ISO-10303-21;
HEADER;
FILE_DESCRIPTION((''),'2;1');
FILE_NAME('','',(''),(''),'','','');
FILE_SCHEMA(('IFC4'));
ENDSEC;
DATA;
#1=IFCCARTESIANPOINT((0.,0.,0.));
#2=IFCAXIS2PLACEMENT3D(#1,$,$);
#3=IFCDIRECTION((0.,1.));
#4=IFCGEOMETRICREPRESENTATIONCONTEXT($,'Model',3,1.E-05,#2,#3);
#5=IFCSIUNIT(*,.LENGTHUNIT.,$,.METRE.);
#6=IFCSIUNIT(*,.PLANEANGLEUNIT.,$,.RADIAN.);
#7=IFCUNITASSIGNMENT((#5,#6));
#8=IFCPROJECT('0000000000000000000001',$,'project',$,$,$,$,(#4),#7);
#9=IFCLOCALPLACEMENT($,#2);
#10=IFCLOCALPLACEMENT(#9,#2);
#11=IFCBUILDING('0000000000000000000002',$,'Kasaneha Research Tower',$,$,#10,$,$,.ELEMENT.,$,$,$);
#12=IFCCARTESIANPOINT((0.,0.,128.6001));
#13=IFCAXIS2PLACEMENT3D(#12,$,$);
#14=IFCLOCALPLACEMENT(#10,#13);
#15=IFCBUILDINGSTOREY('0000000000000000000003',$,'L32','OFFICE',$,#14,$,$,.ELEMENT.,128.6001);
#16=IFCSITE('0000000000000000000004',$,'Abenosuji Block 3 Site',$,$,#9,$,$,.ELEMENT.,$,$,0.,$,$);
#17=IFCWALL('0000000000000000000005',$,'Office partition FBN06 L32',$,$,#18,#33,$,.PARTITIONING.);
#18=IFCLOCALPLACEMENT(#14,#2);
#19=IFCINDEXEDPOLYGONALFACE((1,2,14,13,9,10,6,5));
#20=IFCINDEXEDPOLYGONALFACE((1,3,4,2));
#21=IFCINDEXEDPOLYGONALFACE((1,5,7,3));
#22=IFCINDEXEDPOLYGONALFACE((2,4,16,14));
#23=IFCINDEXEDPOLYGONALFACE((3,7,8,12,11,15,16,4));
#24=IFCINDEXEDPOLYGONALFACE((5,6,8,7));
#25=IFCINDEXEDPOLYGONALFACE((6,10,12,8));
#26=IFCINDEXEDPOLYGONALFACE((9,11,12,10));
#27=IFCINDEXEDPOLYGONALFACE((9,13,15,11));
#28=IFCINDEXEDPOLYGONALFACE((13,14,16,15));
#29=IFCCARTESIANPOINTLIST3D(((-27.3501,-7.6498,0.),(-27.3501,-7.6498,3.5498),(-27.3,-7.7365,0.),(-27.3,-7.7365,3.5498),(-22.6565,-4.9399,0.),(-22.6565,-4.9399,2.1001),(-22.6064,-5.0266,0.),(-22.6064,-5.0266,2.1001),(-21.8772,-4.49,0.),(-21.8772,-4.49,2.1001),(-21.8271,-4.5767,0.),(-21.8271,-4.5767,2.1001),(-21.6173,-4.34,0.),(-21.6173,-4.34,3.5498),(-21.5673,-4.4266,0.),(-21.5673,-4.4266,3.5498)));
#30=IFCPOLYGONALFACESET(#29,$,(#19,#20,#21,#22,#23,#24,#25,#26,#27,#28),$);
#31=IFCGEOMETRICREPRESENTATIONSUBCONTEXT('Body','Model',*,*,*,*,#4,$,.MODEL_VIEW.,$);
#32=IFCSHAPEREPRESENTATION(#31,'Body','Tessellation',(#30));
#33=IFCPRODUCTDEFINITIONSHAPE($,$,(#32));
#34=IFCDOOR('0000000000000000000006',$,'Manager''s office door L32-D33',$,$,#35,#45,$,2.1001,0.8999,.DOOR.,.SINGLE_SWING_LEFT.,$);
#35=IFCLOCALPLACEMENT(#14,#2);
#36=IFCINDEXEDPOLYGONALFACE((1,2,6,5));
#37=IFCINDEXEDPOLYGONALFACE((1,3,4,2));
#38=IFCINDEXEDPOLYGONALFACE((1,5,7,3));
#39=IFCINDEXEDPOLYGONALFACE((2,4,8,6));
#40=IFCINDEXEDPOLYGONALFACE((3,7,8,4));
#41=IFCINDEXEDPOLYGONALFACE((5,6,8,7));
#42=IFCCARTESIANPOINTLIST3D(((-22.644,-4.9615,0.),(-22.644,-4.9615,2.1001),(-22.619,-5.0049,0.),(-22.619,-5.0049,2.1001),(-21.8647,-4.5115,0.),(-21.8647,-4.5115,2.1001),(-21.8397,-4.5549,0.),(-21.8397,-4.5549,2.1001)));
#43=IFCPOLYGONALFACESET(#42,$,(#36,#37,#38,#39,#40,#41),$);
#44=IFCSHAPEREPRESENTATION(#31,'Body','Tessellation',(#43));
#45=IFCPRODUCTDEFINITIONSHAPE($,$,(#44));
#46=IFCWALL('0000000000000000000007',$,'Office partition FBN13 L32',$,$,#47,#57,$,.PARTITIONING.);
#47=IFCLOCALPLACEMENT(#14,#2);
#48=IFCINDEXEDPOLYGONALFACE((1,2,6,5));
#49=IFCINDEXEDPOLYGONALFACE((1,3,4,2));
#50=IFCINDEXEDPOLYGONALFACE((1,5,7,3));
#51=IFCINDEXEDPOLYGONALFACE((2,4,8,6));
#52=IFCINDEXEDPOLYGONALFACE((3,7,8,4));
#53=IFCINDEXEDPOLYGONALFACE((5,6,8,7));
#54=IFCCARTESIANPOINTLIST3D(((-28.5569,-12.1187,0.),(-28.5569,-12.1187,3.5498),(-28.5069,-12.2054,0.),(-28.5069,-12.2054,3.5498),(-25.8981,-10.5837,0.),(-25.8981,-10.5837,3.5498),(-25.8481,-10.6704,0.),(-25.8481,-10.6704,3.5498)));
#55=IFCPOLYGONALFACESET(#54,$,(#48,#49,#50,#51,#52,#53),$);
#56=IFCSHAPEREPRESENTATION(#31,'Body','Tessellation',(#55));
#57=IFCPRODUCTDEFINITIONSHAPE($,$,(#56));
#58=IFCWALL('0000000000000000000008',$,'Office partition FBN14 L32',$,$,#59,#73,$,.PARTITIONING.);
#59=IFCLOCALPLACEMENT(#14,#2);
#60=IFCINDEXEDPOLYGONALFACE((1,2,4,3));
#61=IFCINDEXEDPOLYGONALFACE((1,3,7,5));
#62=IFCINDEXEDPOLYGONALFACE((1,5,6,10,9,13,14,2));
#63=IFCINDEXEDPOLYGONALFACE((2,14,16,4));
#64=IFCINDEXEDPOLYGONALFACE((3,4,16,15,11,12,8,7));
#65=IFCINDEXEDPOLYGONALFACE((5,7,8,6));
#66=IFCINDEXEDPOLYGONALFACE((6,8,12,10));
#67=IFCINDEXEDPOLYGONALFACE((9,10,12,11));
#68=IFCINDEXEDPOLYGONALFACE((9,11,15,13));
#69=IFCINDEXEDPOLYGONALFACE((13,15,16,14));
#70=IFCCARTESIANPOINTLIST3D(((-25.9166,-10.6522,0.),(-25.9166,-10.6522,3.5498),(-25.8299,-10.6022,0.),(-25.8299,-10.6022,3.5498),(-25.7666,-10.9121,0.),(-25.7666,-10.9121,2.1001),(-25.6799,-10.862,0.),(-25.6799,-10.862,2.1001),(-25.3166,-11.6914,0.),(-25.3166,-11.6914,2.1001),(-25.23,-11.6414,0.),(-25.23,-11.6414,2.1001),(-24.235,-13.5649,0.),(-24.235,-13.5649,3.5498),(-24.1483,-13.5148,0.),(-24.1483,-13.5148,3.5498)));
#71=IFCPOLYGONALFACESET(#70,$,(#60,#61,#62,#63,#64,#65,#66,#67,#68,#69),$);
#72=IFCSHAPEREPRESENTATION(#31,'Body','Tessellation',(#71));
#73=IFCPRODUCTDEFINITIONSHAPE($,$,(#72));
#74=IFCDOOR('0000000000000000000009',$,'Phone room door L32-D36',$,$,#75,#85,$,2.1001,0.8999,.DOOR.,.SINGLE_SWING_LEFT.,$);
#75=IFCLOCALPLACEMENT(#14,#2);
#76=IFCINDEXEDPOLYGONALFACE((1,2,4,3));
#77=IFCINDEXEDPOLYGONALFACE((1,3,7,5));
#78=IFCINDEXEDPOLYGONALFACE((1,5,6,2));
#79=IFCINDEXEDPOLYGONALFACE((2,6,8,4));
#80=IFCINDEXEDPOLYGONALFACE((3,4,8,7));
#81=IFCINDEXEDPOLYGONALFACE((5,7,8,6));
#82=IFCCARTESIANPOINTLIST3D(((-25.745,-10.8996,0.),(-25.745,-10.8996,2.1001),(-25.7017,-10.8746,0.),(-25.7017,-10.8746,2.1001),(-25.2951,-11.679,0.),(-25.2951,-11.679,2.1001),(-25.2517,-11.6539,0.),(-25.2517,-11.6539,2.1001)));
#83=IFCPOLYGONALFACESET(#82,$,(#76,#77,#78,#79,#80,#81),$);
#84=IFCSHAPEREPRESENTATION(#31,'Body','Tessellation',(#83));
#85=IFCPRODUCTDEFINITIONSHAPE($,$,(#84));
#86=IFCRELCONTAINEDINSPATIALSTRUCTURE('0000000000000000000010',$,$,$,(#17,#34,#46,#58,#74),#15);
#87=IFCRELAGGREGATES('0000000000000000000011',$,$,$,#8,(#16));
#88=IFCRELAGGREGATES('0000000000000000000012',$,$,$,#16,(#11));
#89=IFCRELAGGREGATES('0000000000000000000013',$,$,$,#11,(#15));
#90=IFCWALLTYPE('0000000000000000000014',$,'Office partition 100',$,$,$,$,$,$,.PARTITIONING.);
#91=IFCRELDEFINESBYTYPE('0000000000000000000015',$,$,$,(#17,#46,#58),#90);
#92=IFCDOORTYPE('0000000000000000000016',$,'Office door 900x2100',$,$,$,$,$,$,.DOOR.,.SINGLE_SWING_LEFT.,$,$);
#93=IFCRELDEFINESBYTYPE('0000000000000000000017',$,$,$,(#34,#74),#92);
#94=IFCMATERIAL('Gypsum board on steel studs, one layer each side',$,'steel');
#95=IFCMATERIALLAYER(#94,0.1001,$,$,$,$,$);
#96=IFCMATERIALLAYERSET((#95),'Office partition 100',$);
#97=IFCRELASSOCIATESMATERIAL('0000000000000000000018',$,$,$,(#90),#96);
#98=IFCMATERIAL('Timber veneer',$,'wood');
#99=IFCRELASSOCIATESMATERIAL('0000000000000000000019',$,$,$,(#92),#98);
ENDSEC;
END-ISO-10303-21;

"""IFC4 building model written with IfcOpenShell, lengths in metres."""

from ifc_helpers import new_model, si_unit, direction, frame, frame_2d, origin, place, context, subcontext, project, spatial, rectangle, extrude, material, layer, layer_set, type_object, element, fill, save


model = new_model("IFC4")

# Units and contexts
model_context = context("Model", 3, precision=1e-05, world=origin(), true_north=direction((0.0, 1.0)))
body_context = subcontext(model_context, "Body", "Model", "MODEL_VIEW")
ifc_project = project(units=[si_unit("LENGTHUNIT", "METRE"), si_unit("PLANEANGLEUNIT", "RADIAN")], contexts=[model_context])

# Site, building, storey
site_placement = place(None, origin())
site = spatial("IfcSite", under=ifc_project, at=site_placement, Name="Abenosuji Block 3 Site", CompositionType="ELEMENT", RefElevation=0.0)
building_placement = place(site_placement, origin())
building = spatial("IfcBuilding", under=site, at=building_placement, Name="Kasaneha Research Tower", CompositionType="ELEMENT")
storey_placement = place(building_placement, frame((0.0, 0.0, 128.6001)))
storey = spatial("IfcBuildingStorey", under=building, at=storey_placement, Name="L32", Description="OFFICE", CompositionType="ELEMENT", Elevation=128.6001)

# Shared definitions
ifc_material_1 = material(Name="Gypsum board on steel studs, one layer each side", Category="steel")
ifc_layer_1 = layer(ifc_material_1, 0.1001)
ifc_layer_set_1 = layer_set([ifc_layer_1], Name="Office partition 100")
wall_type = type_object("IfcWallType", Name="Office partition 100", PredefinedType="PARTITIONING", material=ifc_layer_set_1)

# Wall, opening, door
wall_1_placement = place(storey_placement, frame((-21.5923, -4.3833, 0.0), z_axis=(0.0, 0.0, 1.0), x_axis=(-0.866022, -0.500007, 0.0)))
wall_1 = element("IfcWall", 1, at=wall_1_placement, inside=storey, type_object=wall_type, Name="Office partition FBN06 L32", PredefinedType="PARTITIONING", context=body_context, shape_type="SweptSolid", body=[
    extrude(rectangle(XDim=6.6196, YDim=0.1001, at=frame_2d((3.3098, 0.0))), origin(), (0.0, 0.0, 1.0), 3.5498),
])
opening_1_placement = place(wall_1_placement, frame((0.3, 0.0, 0.0)))
opening_1 = element("IfcOpeningElement", 2, at=opening_1_placement, cuts=wall_1, PredefinedType="OPENING", context=body_context, shape_type="SweptSolid", body=[
    extrude(rectangle(XDim=0.8999, YDim=2.1001, at=frame_2d((0.45, 1.05))), frame((0.0, 0.0601, 0.0), z_axis=(0.0, -1.0, 0.0), x_axis=(1.0, 0.0, 0.0)), (0.0, 0.0, 1.0), 0.1201),
])
ifc_material_2 = material(Name="Timber veneer", Category="wood")
door_type = type_object("IfcDoorType", Name="Office door 900x2100", OperationType="SINGLE_SWING_LEFT", PredefinedType="DOOR", material=ifc_material_2)
door_1_placement = place(opening_1_placement, origin())
door_1 = element("IfcDoor", 3, at=door_1_placement, inside=storey, type_object=door_type, Name="Manager's office door L32-D33", OperationType="SINGLE_SWING_LEFT", OverallHeight=2.1001, OverallWidth=0.8999, PredefinedType="DOOR", context=body_context, shape_type="SweptSolid", body=[
    extrude(rectangle(XDim=0.8999, YDim=2.1001, at=frame_2d((0.45, 1.05))), frame((0.0, 0.0249, 0.0), z_axis=(0.0, -1.0, 0.0), x_axis=(1.0, 0.0, 0.0)), (0.0, 0.0, 1.0), 0.05),
])
fill(opening_1, door_1)

# Wall
wall_2_placement = place(storey_placement, frame((-28.532, -12.1621, 0.0), z_axis=(0.0, 0.0, 1.0), x_axis=(0.866037, 0.499979, 0.0)))
element("IfcWall", 4, at=wall_2_placement, inside=storey, type_object=wall_type, Name="Office partition FBN13 L32", PredefinedType="PARTITIONING", context=body_context, shape_type="SweptSolid", body=[
    extrude(rectangle(XDim=3.0701, YDim=0.1001, at=frame_2d((1.5352, 0.0))), origin(), (0.0, 0.0, 1.0), 3.5498),
])

# Wall, opening, door
wall_3_placement = place(storey_placement, frame((-25.8733, -10.6272, 0.0), z_axis=(0.0, 0.0, 1.0), x_axis=(0.500012, -0.866019, 0.0)))
wall_3 = element("IfcWall", 5, at=wall_3_placement, inside=storey, type_object=wall_type, Name="Office partition FBN14 L32", PredefinedType="PARTITIONING", context=body_context, shape_type="SweptSolid", body=[
    extrude(rectangle(XDim=3.3633, YDim=0.1001, at=frame_2d((1.6816, 0.0))), origin(), (0.0, 0.0, 1.0), 3.5498),
])
opening_2_placement = place(wall_3_placement, frame((0.3, 0.0, 0.0)))
opening_2 = element("IfcOpeningElement", 6, at=opening_2_placement, cuts=wall_3, PredefinedType="OPENING", context=body_context, shape_type="SweptSolid", body=[
    extrude(rectangle(XDim=0.8999, YDim=2.1001, at=frame_2d((0.45, 1.05))), frame((0.0, 0.0601, 0.0), z_axis=(0.0, -1.0, 0.0), x_axis=(1.0, 0.0, 0.0)), (0.0, 0.0, 1.0), 0.1201),
])
door_2_placement = place(opening_2_placement, origin())
door_2 = element("IfcDoor", 7, at=door_2_placement, inside=storey, type_object=door_type, Name="Phone room door L32-D36", OperationType="SINGLE_SWING_LEFT", OverallHeight=2.1001, OverallWidth=0.8999, PredefinedType="DOOR", context=body_context, shape_type="SweptSolid", body=[
    extrude(rectangle(XDim=0.8999, YDim=2.1001, at=frame_2d((0.45, 1.05))), frame((0.0, 0.0249, 0.0), z_axis=(0.0, -1.0, 0.0), x_axis=(1.0, 0.0, 0.0)), (0.0, 0.0, 1.0), 0.05),
])
fill(opening_2, door_2)

save(model, "model.ifc")
